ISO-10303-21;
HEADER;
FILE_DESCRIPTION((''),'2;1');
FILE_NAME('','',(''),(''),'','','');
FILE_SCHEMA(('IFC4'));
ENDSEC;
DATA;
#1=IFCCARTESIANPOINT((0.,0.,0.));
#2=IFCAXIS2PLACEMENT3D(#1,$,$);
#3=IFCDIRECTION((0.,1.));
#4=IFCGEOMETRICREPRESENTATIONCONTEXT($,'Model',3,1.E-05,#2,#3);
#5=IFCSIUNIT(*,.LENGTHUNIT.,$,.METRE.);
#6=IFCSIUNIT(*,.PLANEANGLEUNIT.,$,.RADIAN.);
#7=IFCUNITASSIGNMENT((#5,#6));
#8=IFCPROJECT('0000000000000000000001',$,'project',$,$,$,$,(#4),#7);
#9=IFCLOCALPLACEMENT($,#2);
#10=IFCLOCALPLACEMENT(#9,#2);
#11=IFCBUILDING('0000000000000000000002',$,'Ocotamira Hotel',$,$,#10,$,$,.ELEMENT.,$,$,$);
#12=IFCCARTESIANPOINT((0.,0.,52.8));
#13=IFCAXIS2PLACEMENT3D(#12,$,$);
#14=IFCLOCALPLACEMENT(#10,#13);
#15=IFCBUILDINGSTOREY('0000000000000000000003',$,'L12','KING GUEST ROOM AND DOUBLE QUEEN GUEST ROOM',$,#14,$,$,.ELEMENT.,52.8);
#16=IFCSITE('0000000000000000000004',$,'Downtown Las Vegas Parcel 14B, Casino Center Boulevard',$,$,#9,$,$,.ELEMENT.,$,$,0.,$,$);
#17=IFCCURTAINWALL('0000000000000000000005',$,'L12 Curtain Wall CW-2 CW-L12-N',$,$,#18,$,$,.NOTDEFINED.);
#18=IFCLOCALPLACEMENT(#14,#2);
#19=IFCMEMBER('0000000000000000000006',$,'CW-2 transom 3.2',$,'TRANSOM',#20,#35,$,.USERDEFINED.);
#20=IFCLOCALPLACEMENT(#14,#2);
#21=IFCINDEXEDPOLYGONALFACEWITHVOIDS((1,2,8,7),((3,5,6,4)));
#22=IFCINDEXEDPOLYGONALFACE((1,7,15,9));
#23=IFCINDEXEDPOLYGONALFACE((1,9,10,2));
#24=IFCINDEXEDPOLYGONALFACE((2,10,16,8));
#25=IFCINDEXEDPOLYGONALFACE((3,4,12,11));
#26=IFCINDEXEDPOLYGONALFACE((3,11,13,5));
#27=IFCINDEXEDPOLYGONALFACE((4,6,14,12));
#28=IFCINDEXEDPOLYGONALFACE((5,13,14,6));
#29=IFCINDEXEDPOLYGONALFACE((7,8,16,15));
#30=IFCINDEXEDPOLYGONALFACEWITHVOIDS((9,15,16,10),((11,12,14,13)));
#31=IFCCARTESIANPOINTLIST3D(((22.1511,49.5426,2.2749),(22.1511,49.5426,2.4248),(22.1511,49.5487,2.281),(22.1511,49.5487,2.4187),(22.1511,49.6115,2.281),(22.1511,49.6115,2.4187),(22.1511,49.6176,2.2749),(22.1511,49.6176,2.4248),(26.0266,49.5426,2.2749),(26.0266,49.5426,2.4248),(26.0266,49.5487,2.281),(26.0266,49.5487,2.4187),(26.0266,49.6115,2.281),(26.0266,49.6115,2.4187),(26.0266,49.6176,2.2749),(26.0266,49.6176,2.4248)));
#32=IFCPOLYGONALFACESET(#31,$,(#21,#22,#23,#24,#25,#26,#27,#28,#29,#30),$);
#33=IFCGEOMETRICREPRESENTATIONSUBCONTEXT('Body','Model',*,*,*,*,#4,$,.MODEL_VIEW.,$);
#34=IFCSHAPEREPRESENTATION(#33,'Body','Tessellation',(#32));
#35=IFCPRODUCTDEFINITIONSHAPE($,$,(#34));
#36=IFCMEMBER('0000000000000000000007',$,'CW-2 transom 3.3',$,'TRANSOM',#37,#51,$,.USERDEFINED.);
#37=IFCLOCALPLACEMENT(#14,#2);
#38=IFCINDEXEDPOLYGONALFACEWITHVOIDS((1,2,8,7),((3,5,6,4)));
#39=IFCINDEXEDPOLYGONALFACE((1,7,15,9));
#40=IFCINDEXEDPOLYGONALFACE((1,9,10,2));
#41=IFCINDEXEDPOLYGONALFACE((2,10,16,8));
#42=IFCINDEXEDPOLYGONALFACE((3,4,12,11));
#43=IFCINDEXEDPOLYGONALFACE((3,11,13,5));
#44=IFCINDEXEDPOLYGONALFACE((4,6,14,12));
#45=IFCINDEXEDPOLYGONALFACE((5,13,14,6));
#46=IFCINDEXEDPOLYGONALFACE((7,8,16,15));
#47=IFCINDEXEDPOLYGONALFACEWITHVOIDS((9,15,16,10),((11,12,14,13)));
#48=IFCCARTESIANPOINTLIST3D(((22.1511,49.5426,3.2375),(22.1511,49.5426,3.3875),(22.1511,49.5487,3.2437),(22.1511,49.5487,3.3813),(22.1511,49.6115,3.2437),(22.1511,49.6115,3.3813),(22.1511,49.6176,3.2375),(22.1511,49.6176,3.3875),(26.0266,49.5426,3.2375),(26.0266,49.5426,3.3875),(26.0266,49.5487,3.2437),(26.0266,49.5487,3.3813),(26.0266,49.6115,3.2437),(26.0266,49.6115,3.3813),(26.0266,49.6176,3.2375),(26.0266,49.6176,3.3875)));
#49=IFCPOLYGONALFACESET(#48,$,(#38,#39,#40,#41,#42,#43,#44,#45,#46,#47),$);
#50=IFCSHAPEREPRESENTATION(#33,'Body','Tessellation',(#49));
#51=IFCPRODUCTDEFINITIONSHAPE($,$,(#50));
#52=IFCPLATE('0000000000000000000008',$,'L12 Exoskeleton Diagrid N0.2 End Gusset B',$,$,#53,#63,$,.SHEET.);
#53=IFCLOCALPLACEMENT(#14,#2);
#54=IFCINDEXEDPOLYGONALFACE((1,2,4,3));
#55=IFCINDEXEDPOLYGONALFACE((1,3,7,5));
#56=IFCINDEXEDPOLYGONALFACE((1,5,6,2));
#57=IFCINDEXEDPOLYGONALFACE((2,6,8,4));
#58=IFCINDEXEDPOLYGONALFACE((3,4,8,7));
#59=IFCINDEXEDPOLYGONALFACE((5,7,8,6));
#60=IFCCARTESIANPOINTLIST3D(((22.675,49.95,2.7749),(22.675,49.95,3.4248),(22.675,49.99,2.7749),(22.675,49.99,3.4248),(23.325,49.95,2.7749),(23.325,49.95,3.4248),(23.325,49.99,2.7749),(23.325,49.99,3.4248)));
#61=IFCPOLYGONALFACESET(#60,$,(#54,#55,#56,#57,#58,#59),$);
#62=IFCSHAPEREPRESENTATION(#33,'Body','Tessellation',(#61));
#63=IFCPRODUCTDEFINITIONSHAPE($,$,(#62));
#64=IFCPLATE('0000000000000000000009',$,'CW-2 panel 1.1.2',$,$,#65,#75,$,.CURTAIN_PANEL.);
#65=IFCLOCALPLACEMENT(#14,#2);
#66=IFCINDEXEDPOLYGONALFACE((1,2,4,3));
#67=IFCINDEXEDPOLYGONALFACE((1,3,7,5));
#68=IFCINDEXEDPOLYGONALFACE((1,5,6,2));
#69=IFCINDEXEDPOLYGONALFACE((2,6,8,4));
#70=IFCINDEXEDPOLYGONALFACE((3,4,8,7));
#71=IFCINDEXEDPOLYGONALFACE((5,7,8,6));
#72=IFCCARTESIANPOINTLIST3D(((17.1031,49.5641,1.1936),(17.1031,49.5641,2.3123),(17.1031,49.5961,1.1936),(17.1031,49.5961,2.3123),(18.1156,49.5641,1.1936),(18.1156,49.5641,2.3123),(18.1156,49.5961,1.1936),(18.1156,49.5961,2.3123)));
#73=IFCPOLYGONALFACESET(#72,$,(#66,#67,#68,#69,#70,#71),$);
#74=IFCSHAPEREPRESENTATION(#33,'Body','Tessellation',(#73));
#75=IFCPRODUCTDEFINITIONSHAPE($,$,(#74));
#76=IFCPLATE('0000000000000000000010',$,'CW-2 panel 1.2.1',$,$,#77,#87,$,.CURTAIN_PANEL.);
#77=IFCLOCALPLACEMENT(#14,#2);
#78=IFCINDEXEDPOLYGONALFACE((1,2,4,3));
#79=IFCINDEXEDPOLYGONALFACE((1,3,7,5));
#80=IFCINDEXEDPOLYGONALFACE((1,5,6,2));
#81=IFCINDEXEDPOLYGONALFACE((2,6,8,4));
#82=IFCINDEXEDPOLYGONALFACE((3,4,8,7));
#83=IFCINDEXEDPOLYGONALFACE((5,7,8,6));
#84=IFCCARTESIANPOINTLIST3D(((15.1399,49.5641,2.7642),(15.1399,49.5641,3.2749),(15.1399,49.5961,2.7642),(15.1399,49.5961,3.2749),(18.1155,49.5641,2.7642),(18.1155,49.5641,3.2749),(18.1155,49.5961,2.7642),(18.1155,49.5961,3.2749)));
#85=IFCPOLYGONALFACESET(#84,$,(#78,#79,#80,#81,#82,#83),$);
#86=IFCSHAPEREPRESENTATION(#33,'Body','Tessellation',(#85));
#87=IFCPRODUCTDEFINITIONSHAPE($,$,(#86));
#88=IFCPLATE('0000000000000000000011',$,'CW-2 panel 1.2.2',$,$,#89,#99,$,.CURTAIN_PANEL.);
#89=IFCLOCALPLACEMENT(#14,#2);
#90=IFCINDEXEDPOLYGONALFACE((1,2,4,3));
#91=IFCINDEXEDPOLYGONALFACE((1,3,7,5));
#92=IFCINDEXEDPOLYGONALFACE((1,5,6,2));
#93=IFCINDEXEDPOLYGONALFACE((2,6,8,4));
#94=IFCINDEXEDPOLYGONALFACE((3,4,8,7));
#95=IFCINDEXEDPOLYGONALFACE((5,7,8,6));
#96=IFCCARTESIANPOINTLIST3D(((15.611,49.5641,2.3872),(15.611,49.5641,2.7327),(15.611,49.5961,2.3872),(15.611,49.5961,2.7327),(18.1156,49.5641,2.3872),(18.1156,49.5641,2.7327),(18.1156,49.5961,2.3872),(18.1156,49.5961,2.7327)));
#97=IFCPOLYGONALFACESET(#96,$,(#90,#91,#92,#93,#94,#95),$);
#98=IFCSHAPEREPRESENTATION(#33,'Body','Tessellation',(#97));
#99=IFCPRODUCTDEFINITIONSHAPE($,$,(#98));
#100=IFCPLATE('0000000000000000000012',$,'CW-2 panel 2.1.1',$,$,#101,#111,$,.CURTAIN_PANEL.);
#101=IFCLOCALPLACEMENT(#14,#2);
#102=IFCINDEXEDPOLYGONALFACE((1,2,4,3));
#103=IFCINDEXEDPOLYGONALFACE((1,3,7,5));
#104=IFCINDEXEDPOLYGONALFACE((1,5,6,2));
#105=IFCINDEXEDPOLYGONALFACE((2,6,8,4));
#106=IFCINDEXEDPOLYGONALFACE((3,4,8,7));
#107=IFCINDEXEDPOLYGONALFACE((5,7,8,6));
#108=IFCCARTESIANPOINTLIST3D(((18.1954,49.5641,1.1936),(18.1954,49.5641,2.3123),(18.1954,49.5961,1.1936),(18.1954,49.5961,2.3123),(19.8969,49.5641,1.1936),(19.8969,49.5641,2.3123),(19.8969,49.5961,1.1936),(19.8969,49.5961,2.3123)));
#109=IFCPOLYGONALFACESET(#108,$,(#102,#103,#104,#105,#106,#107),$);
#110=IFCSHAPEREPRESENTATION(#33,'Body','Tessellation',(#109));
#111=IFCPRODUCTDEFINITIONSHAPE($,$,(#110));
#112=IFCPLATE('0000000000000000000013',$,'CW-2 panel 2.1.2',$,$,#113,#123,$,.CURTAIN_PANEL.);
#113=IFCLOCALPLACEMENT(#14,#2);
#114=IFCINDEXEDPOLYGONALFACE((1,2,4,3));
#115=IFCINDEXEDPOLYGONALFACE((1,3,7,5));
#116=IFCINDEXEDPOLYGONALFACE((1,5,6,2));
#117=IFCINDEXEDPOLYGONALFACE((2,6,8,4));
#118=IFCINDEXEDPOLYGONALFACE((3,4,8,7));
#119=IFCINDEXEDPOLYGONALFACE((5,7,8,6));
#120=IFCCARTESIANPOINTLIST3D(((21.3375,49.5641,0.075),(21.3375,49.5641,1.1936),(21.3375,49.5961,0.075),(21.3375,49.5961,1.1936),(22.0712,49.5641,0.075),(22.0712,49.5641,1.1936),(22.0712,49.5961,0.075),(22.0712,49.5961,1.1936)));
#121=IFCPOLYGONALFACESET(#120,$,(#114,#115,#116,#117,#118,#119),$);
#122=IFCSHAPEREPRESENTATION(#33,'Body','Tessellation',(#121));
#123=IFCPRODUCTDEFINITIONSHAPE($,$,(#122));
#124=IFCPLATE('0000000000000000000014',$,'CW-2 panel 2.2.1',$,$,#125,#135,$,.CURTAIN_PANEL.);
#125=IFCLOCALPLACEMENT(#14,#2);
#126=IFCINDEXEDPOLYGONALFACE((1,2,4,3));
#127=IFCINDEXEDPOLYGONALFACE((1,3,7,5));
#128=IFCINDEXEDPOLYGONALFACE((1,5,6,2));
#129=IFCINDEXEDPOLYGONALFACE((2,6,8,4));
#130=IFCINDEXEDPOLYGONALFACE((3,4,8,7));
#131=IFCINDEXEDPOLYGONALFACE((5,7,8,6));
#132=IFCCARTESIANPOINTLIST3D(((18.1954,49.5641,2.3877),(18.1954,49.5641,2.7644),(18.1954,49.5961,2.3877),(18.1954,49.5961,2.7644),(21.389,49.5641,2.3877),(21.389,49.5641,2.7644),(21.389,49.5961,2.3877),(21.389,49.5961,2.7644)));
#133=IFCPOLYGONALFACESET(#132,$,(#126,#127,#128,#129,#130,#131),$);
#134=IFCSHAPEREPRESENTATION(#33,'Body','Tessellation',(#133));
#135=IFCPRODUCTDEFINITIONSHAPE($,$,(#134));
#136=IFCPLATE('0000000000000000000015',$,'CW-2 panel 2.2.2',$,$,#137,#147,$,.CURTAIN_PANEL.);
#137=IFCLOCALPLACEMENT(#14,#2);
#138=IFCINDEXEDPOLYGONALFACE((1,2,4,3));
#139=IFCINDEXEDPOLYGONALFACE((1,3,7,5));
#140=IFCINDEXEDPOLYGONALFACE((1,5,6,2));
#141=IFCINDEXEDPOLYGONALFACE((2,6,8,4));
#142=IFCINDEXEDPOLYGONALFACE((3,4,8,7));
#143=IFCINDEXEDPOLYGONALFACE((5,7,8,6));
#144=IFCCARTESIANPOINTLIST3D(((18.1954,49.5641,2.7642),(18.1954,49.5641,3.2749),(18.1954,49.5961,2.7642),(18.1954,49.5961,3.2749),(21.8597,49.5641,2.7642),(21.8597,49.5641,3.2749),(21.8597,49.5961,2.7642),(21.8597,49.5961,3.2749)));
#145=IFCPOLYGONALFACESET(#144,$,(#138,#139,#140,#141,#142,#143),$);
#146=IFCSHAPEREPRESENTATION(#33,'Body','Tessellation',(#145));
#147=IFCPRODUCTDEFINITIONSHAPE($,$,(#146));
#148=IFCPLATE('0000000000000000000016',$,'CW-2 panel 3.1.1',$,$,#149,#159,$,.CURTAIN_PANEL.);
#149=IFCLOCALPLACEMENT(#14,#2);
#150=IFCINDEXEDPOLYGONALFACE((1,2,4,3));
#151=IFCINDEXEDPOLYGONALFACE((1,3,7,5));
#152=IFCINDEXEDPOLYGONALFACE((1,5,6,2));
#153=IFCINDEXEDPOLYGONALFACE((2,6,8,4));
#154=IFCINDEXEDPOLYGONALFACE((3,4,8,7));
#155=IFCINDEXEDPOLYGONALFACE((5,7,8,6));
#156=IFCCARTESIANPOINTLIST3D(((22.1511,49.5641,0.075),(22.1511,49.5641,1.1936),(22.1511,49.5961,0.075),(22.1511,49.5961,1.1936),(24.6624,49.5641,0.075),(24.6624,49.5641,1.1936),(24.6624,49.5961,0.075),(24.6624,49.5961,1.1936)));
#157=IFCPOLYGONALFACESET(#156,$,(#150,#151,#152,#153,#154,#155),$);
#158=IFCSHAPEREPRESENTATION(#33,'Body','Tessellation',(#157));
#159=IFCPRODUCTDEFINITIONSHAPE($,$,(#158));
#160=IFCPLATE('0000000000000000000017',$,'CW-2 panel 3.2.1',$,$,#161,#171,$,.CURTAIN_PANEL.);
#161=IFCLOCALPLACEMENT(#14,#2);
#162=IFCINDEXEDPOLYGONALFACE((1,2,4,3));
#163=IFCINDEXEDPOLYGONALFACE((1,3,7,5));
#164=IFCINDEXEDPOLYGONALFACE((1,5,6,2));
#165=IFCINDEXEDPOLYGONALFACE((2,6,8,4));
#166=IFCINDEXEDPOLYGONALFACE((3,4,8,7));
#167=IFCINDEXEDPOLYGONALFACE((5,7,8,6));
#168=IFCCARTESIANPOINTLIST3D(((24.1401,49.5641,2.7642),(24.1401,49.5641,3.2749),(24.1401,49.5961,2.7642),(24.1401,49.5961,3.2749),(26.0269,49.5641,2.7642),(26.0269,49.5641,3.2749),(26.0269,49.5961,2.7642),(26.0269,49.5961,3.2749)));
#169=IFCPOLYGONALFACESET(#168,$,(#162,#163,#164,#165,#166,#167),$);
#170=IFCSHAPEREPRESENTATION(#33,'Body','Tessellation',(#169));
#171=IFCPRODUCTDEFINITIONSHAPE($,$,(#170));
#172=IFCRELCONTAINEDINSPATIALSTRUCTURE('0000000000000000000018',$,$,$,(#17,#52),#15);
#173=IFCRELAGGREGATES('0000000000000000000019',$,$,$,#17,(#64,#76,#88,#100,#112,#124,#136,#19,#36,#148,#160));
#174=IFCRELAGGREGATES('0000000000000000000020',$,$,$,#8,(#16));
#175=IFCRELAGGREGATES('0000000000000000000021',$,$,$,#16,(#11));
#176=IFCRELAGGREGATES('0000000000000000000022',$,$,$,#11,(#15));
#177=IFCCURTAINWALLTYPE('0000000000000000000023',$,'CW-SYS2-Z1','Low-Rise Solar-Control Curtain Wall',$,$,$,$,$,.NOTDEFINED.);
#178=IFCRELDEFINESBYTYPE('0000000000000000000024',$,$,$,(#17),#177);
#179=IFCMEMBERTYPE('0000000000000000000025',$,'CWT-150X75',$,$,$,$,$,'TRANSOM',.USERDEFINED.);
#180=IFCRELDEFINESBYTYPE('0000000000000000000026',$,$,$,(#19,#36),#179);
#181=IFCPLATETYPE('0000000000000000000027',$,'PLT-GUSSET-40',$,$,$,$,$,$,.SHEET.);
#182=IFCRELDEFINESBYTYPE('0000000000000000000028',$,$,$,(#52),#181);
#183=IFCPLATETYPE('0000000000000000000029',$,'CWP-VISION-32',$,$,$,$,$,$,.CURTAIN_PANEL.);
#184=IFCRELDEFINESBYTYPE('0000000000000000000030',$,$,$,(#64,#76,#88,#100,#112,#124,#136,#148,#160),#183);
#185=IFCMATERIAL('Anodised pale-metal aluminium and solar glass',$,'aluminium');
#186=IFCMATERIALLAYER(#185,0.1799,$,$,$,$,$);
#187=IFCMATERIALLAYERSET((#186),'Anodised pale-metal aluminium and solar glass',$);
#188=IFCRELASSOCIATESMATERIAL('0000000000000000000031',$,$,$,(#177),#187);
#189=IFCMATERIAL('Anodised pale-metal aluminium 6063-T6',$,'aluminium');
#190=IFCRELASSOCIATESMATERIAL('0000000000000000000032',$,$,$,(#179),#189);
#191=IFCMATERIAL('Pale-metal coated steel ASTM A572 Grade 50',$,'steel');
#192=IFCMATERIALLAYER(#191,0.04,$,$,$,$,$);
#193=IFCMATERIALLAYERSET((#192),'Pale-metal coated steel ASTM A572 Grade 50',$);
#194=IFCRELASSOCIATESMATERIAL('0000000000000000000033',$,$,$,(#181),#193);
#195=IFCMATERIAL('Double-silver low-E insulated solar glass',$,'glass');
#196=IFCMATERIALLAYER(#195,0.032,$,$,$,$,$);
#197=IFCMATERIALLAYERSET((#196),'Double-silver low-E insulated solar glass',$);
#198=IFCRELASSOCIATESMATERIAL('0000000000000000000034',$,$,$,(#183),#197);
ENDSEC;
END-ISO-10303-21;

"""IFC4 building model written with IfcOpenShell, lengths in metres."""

from ifc_helpers import new_model, si_unit, direction, frame, origin, origin_2d, place, context, subcontext, project, spatial, rectangle, hollow_rectangle, extrude, source, transform, mapped, material, layer, layer_set, material_profile, profile_set, type_object, element, aggregate, save


model = new_model("IFC4")

# Units and contexts
model_context = context("Model", 3, precision=1e-05, world=origin(), true_north=direction((0.0, 1.0)))
body_context = subcontext(model_context, "Body", "Model", "MODEL_VIEW")
ifc_project = project(units=[si_unit("LENGTHUNIT", "METRE"), si_unit("PLANEANGLEUNIT", "RADIAN")], contexts=[model_context])

# Site, building, storey
site_placement = place(None, origin())
site = spatial("IfcSite", under=ifc_project, at=site_placement, Name="Downtown Las Vegas Parcel 14B, Casino Center Boulevard", CompositionType="ELEMENT", RefElevation=0.0)
building_placement = place(site_placement, origin())
building = spatial("IfcBuilding", under=site, at=building_placement, Name="Ocotamira Hotel", CompositionType="ELEMENT")
storey_placement = place(building_placement, frame((0.0, 0.0, 52.8)))
storey = spatial("IfcBuildingStorey", under=building, at=storey_placement, Name="L12", Description="KING GUEST ROOM AND DOUBLE QUEEN GUEST ROOM", CompositionType="ELEMENT", Elevation=52.8)

# Curtain wall, members
ifc_material_1 = material(Name="Anodised pale-metal aluminium and solar glass", Category="aluminium")
ifc_layer_1 = layer(ifc_material_1, 0.1799)
ifc_layer_set_1 = layer_set([ifc_layer_1], Name="Anodised pale-metal aluminium and solar glass")
curtain_wall_type = type_object("IfcCurtainWallType", Name="CW-SYS2-Z1", Description="Low-Rise Solar-Control Curtain Wall", PredefinedType="NOTDEFINED", material=ifc_layer_set_1)
curtain_wall_placement = place(storey_placement, origin())
curtain_wall = element("IfcCurtainWall", 1, at=curtain_wall_placement, inside=storey, type_object=curtain_wall_type, Name="L12 Curtain Wall CW-2 CW-L12-N", PredefinedType="NOTDEFINED")
ifc_material_2 = material(Name="Anodised pale-metal aluminium 6063-T6", Category="aluminium")
ifc_material_profile_1 = material_profile(ifc_material_2, hollow_rectangle(XDim=0.075, YDim=0.1499, WallThickness=0.0061, at=origin_2d()), Name="HSS150X75X6")
ifc_profile_set_1 = profile_set([ifc_material_profile_1], Name="Anodised pale-metal aluminium 6063-T6")
member_type_1 = type_object("IfcMemberType", Name="CWT-150X75", ElementType="TRANSOM", PredefinedType="USERDEFINED", material=ifc_profile_set_1)
shared_shape_1 = source(origin(), body_context, "Body", "SweptSolid", [
    extrude(hollow_rectangle(XDim=0.075, YDim=0.1499, WallThickness=0.0061, at=origin_2d()), origin(), (0.0, 0.0, 1.0), 3.8755),
])
member_1_placement = place(storey_placement, frame((22.1511, 49.5801, 2.3499), z_axis=(1.0, 0.0, 0.0), x_axis=(0.0, 1.0, 0.0)))
member_1 = element("IfcMember", 2, at=member_1_placement, type_object=member_type_1, Name="CW-2 transom 3.2", ObjectType="TRANSOM", PredefinedType="USERDEFINED", context=body_context, shape_type="MappedRepresentation", body=[
    mapped(shared_shape_1, transform((0.0, 0.0, 0.0), scale=1.0)),
])
member_2_placement = place(storey_placement, frame((22.1511, 49.5801, 3.3125), z_axis=(1.0, 0.0, 0.0), x_axis=(0.0, 1.0, 0.0)))
member_2 = element("IfcMember", 3, at=member_2_placement, type_object=member_type_1, Name="CW-2 transom 3.3", ObjectType="TRANSOM", PredefinedType="USERDEFINED", context=body_context, shape_type="MappedRepresentation", body=[
    mapped(shared_shape_1, transform((0.0, 0.0, 0.0), scale=1.0)),
])

# Plates
ifc_material_3 = material(Name="Pale-metal coated steel ASTM A572 Grade 50", Category="steel")
ifc_layer_2 = layer(ifc_material_3, 0.04)
ifc_layer_set_2 = layer_set([ifc_layer_2], Name="Pale-metal coated steel ASTM A572 Grade 50")
plate_type_1 = type_object("IfcPlateType", Name="PLT-GUSSET-40", PredefinedType="SHEET", material=ifc_layer_set_2)
shared_shape_2 = source(origin(), body_context, "Body", "SweptSolid", [
    extrude(rectangle(XDim=0.6499, YDim=0.04, at=origin_2d()), origin(), (0.0, 0.0, 1.0), 0.6499),
])
plate_1_placement = place(storey_placement, frame((23.0, 49.97, 2.7749), z_axis=(0.0, 0.0, 1.0), x_axis=(1.0, 0.0, 0.0)))
element("IfcPlate", 4, at=plate_1_placement, inside=storey, type_object=plate_type_1, Name="L12 Exoskeleton Diagrid N0.2 End Gusset B", PredefinedType="SHEET", context=body_context, shape_type="MappedRepresentation", body=[
    mapped(shared_shape_2, transform((0.0, 0.0, 0.0), scale=1.0)),
])
ifc_material_4 = material(Name="Double-silver low-E insulated solar glass", Category="glass")
ifc_layer_3 = layer(ifc_material_4, 0.032)
ifc_layer_set_3 = layer_set([ifc_layer_3], Name="Double-silver low-E insulated solar glass")
plate_type_2 = type_object("IfcPlateType", Name="CWP-VISION-32", PredefinedType="CURTAIN_PANEL", material=ifc_layer_set_3)
shared_shape_3 = source(origin(), body_context, "Body", "SweptSolid", [
    extrude(rectangle(XDim=1.0125, YDim=0.032, at=origin_2d()), origin(), (0.0, 0.0, 1.0), 1.1187),
])
plate_2_placement = place(storey_placement, frame((17.6094, 49.5801, 1.1936), z_axis=(0.0, 0.0, 1.0), x_axis=(1.0, 0.0, 0.0)))
plate_2 = element("IfcPlate", 5, at=plate_2_placement, type_object=plate_type_2, Name="CW-2 panel 1.1.2", PredefinedType="CURTAIN_PANEL", context=body_context, shape_type="MappedRepresentation", body=[
    mapped(shared_shape_3, transform((0.0, 0.0, 0.0), scale=1.0)),
])
shared_shape_4 = source(origin(), body_context, "Body", "SweptSolid", [
    extrude(rectangle(XDim=2.9756, YDim=0.032, at=origin_2d()), origin(), (0.0, 0.0, 1.0), 0.5107),
])
plate_3_placement = place(storey_placement, frame((16.6277, 49.5801, 2.7642), z_axis=(0.0, 0.0, 1.0), x_axis=(1.0, 0.0, 0.0)))
plate_3 = element("IfcPlate", 6, at=plate_3_placement, type_object=plate_type_2, Name="CW-2 panel 1.2.1", PredefinedType="CURTAIN_PANEL", context=body_context, shape_type="MappedRepresentation", body=[
    mapped(shared_shape_4, transform((0.0, 0.0, 0.0), scale=1.0)),
])
shared_shape_5 = source(origin(), body_context, "Body", "SweptSolid", [
    extrude(rectangle(XDim=2.5046, YDim=0.032, at=origin_2d()), origin(), (0.0, 0.0, 1.0), 0.3455),
])
plate_4_placement = place(storey_placement, frame((16.8633, 49.5801, 2.3872), z_axis=(0.0, 0.0, 1.0), x_axis=(1.0, 0.0, 0.0)))
plate_4 = element("IfcPlate", 7, at=plate_4_placement, type_object=plate_type_2, Name="CW-2 panel 1.2.2", PredefinedType="CURTAIN_PANEL", context=body_context, shape_type="MappedRepresentation", body=[
    mapped(shared_shape_5, transform((0.0, 0.0, 0.0), scale=1.0)),
])
shared_shape_6 = source(origin(), body_context, "Body", "SweptSolid", [
    extrude(rectangle(XDim=1.7014, YDim=0.032, at=origin_2d()), origin(), (0.0, 0.0, 1.0), 1.1187),
])
plate_5_placement = place(storey_placement, frame((19.0461, 49.5801, 1.1936), z_axis=(0.0, 0.0, 1.0), x_axis=(1.0, 0.0, 0.0)))
plate_5 = element("IfcPlate", 8, at=plate_5_placement, type_object=plate_type_2, Name="CW-2 panel 2.1.1", PredefinedType="CURTAIN_PANEL", context=body_context, shape_type="MappedRepresentation", body=[
    mapped(shared_shape_6, transform((0.0, 0.0, 0.0), scale=1.0)),
])
shared_shape_7 = source(origin(), body_context, "Body", "SweptSolid", [
    extrude(rectangle(XDim=0.7336, YDim=0.032, at=origin_2d()), origin(), (0.0, 0.0, 1.0), 1.1187),
])
plate_6_placement = place(storey_placement, frame((21.7043, 49.5801, 0.075), z_axis=(0.0, 0.0, 1.0), x_axis=(1.0, 0.0, 0.0)))
plate_6 = element("IfcPlate", 9, at=plate_6_placement, type_object=plate_type_2, Name="CW-2 panel 2.1.2", PredefinedType="CURTAIN_PANEL", context=body_context, shape_type="MappedRepresentation", body=[
    mapped(shared_shape_7, transform((0.0, 0.0, 0.0), scale=1.0)),
])
shared_shape_8 = source(origin(), body_context, "Body", "SweptSolid", [
    extrude(rectangle(XDim=3.1936, YDim=0.032, at=origin_2d()), origin(), (0.0, 0.0, 1.0), 0.3767),
])
plate_7_placement = place(storey_placement, frame((19.7922, 49.5801, 2.3877), z_axis=(0.0, 0.0, 1.0), x_axis=(1.0, 0.0, 0.0)))
plate_7 = element("IfcPlate", 10, at=plate_7_placement, type_object=plate_type_2, Name="CW-2 panel 2.2.1", PredefinedType="CURTAIN_PANEL", context=body_context, shape_type="MappedRepresentation", body=[
    mapped(shared_shape_8, transform((0.0, 0.0, 0.0), scale=1.0)),
])
shared_shape_9 = source(origin(), body_context, "Body", "SweptSolid", [
    extrude(rectangle(XDim=3.6643, YDim=0.032, at=origin_2d()), origin(), (0.0, 0.0, 1.0), 0.5107),
])
plate_8_placement = place(storey_placement, frame((20.0276, 49.5801, 2.7642), z_axis=(0.0, 0.0, 1.0), x_axis=(1.0, 0.0, 0.0)))
plate_8 = element("IfcPlate", 11, at=plate_8_placement, type_object=plate_type_2, Name="CW-2 panel 2.2.2", PredefinedType="CURTAIN_PANEL", context=body_context, shape_type="MappedRepresentation", body=[
    mapped(shared_shape_9, transform((0.0, 0.0, 0.0), scale=1.0)),
])
shared_shape_10 = source(origin(), body_context, "Body", "SweptSolid", [
    extrude(rectangle(XDim=2.5112, YDim=0.032, at=origin_2d()), origin(), (0.0, 0.0, 1.0), 1.1187),
])
plate_9_placement = place(storey_placement, frame((23.4067, 49.5801, 0.075), z_axis=(0.0, 0.0, 1.0), x_axis=(1.0, 0.0, 0.0)))
plate_9 = element("IfcPlate", 12, at=plate_9_placement, type_object=plate_type_2, Name="CW-2 panel 3.1.1", PredefinedType="CURTAIN_PANEL", context=body_context, shape_type="MappedRepresentation", body=[
    mapped(shared_shape_10, transform((0.0, 0.0, 0.0), scale=1.0)),
])
shared_shape_11 = source(origin(), body_context, "Body", "SweptSolid", [
    extrude(rectangle(XDim=1.8867, YDim=0.032, at=origin_2d()), origin(), (0.0, 0.0, 1.0), 0.5107),
])
plate_10_placement = place(storey_placement, frame((25.0835, 49.5801, 2.7642), z_axis=(0.0, 0.0, 1.0), x_axis=(1.0, 0.0, 0.0)))
plate_10 = element("IfcPlate", 13, at=plate_10_placement, type_object=plate_type_2, Name="CW-2 panel 3.2.1", PredefinedType="CURTAIN_PANEL", context=body_context, shape_type="MappedRepresentation", body=[
    mapped(shared_shape_11, transform((0.0, 0.0, 0.0), scale=1.0)),
])
aggregate(curtain_wall, [plate_2, plate_3, plate_4, plate_5, plate_6, plate_7, plate_8, member_1, member_2, plate_9, plate_10])

save(model, "model.ifc")
